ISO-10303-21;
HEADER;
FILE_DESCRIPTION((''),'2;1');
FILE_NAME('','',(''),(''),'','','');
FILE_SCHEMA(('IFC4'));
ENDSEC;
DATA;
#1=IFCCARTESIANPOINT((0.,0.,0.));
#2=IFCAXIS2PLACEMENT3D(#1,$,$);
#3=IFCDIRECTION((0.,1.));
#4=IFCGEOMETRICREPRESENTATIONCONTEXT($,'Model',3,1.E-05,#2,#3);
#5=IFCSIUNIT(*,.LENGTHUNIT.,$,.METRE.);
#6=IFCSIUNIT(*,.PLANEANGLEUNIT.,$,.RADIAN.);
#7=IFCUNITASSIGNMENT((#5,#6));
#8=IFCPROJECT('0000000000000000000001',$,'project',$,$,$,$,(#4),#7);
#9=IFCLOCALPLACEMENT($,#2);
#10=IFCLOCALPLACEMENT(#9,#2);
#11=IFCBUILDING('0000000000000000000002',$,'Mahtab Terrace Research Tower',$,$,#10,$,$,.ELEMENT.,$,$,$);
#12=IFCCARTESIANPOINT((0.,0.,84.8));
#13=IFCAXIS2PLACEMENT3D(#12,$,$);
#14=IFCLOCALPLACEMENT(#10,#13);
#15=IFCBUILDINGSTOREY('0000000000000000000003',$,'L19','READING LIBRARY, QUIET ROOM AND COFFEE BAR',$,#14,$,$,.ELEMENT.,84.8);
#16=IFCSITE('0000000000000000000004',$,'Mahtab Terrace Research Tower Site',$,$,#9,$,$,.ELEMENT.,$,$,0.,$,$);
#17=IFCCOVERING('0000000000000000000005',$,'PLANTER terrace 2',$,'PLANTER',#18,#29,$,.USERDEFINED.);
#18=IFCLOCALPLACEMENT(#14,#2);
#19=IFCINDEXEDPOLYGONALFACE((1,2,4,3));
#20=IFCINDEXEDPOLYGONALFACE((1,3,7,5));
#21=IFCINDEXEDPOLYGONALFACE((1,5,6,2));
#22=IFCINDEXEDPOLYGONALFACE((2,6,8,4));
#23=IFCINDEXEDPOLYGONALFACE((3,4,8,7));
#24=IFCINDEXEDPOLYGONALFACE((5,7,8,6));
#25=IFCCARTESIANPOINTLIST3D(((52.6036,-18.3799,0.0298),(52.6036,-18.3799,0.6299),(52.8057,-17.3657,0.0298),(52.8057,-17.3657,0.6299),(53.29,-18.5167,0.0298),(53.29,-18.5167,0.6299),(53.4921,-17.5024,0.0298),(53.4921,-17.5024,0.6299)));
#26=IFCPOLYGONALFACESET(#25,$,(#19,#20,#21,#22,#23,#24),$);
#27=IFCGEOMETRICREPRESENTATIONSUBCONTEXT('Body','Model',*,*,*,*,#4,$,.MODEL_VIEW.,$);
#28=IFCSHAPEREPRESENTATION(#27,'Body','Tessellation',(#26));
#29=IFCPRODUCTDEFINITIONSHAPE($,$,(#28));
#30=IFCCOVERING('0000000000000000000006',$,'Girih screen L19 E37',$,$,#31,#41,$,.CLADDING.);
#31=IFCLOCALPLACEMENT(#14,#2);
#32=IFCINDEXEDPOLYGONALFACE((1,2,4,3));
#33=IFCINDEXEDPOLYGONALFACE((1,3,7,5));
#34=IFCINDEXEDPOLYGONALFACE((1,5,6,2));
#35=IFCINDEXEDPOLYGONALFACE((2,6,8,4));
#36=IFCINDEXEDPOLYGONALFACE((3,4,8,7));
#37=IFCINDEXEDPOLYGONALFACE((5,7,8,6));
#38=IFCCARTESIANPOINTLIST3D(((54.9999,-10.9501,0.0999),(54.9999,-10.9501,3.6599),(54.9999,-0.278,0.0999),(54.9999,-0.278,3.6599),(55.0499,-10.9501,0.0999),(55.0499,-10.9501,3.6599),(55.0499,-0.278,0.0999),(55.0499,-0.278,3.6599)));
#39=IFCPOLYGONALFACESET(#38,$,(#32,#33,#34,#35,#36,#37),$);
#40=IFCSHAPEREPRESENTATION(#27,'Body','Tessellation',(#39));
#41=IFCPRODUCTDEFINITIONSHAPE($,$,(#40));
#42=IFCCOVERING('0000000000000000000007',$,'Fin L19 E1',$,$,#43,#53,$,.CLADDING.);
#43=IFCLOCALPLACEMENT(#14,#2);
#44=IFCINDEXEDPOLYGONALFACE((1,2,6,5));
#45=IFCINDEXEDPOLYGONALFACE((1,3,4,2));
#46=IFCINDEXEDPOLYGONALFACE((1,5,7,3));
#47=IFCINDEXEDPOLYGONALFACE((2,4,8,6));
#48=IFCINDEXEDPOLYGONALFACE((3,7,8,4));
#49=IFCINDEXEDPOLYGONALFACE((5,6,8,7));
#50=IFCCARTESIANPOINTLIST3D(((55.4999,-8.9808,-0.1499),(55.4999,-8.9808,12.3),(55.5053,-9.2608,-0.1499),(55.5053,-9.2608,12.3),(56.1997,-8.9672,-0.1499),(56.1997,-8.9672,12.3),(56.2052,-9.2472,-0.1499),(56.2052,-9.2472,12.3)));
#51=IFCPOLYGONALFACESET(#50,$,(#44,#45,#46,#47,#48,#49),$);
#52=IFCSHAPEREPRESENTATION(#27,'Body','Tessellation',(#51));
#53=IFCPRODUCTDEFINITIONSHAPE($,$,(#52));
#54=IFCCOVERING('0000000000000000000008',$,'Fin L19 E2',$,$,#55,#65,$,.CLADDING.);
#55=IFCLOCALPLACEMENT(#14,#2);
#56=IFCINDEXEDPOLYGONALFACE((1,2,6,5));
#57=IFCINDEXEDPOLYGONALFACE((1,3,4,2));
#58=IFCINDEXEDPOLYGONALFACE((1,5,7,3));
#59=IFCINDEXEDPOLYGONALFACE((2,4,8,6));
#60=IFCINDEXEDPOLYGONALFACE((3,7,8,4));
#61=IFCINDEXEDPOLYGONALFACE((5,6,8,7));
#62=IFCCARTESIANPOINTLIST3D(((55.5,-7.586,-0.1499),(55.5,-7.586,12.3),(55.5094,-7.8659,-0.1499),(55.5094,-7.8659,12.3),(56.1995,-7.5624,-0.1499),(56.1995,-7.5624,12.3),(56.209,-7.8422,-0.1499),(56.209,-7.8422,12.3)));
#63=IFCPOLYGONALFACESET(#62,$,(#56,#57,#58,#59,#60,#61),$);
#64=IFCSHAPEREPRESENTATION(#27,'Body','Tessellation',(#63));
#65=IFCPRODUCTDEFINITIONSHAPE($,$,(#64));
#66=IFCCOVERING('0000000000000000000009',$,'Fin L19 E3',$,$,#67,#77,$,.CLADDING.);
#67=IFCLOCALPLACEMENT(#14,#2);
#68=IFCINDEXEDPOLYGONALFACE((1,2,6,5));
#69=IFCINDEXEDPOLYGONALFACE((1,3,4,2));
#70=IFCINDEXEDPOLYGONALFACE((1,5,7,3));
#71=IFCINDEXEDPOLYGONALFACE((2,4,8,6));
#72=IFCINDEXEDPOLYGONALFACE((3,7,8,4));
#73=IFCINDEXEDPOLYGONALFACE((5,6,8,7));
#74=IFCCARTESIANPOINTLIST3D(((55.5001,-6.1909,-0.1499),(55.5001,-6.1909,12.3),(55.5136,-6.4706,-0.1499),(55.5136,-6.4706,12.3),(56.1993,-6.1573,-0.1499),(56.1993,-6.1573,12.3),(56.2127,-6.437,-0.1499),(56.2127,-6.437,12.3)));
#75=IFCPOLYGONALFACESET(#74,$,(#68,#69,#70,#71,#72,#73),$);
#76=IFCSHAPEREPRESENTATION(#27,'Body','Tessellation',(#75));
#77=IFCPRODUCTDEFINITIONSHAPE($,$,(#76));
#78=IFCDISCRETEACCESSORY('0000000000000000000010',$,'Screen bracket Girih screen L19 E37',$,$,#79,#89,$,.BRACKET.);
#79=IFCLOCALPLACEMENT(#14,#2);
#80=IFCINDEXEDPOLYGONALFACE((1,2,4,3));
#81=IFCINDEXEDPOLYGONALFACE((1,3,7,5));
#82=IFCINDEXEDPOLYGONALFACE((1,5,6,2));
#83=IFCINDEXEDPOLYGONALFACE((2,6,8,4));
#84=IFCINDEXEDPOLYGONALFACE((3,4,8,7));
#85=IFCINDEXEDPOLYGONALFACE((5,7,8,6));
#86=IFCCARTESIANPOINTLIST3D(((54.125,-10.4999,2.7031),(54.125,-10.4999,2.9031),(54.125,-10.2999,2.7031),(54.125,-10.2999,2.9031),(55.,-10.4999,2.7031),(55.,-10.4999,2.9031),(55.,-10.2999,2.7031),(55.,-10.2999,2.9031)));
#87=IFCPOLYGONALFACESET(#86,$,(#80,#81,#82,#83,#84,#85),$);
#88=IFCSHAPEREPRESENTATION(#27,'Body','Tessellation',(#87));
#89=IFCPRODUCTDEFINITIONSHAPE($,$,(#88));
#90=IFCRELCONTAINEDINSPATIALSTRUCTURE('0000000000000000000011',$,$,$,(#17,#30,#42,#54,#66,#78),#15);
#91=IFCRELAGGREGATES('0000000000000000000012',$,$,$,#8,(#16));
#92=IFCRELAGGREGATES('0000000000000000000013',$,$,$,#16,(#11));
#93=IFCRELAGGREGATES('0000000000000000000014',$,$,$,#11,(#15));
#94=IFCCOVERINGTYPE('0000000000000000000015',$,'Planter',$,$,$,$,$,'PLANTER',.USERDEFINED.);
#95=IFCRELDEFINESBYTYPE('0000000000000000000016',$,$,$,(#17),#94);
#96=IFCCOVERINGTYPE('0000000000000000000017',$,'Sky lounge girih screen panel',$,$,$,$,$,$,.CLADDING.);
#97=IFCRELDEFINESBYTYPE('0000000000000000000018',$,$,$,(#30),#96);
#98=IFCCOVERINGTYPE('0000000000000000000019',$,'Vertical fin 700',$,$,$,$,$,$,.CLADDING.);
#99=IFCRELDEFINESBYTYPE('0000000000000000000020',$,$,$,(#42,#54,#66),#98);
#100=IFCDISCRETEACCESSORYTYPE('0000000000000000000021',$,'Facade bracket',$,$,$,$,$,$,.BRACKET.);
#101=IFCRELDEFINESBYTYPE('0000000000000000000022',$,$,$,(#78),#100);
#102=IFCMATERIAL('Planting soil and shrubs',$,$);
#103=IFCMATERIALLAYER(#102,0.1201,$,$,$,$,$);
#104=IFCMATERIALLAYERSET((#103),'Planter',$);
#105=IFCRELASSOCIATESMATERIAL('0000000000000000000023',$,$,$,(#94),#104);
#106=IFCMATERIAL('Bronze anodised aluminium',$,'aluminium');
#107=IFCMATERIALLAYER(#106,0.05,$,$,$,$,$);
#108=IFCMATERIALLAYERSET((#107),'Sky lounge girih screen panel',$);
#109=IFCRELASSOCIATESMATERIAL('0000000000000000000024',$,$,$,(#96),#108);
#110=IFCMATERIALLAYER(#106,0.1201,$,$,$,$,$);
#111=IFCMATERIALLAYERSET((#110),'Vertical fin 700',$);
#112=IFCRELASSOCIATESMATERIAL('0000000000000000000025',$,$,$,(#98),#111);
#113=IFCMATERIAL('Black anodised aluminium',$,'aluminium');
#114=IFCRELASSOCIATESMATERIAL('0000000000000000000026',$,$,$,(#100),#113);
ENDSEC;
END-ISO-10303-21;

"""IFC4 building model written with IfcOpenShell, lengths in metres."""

from ifc_helpers import new_model, si_unit, direction, frame, origin, origin_2d, place, context, subcontext, project, spatial, rectangle, extrude, material, layer, layer_set, type_object, element, save


model = new_model("IFC4")

# Units and contexts
model_context = context("Model", 3, precision=1e-05, world=origin(), true_north=direction((0.0, 1.0)))
body_context = subcontext(model_context, "Body", "Model", "MODEL_VIEW")
ifc_project = project(units=[si_unit("LENGTHUNIT", "METRE"), si_unit("PLANEANGLEUNIT", "RADIAN")], contexts=[model_context])

# Site, building, storey
site_placement = place(None, origin())
site = spatial("IfcSite", under=ifc_project, at=site_placement, Name="Mahtab Terrace Research Tower Site", CompositionType="ELEMENT", RefElevation=0.0)
building_placement = place(site_placement, origin())
building = spatial("IfcBuilding", under=site, at=building_placement, Name="Mahtab Terrace Research Tower", CompositionType="ELEMENT")
storey_placement = place(building_placement, frame((0.0, 0.0, 84.8)))
storey = spatial("IfcBuildingStorey", under=building, at=storey_placement, Name="L19", Description="READING LIBRARY, QUIET ROOM AND COFFEE BAR", CompositionType="ELEMENT", Elevation=84.8)

# Coverings
ifc_material_1 = material(Name="Planting soil and shrubs")
ifc_layer_1 = layer(ifc_material_1, 0.1201)
ifc_layer_set_1 = layer_set([ifc_layer_1], Name="Planter")
covering_type_1 = type_object("IfcCoveringType", Name="Planter", ElementType="PLANTER", PredefinedType="USERDEFINED", material=ifc_layer_set_1)
covering_1_placement = place(storey_placement, frame((53.0479, -17.9412, 0.0298), z_axis=(0.0, 0.0, 1.0), x_axis=(0.195395, 0.980725, 0.0)))
element("IfcCovering", 1, at=covering_1_placement, inside=storey, type_object=covering_type_1, Name="PLANTER terrace 2", ObjectType="PLANTER", PredefinedType="USERDEFINED", context=body_context, shape_type="SweptSolid", body=[
    extrude(rectangle(XDim=1.0342, YDim=0.7, at=origin_2d()), origin(), (0.0, 0.0, 1.0), 0.6001),
])
ifc_material_2 = material(Name="Bronze anodised aluminium", Category="aluminium")
ifc_layer_2 = layer(ifc_material_2, 0.05)
ifc_layer_set_2 = layer_set([ifc_layer_2], Name="Sky lounge girih screen panel")
covering_type_2 = type_object("IfcCoveringType", Name="Sky lounge girih screen panel", PredefinedType="CLADDING", material=ifc_layer_set_2)
covering_2_placement = place(storey_placement, frame((55.0249, -5.614, 0.0999), z_axis=(0.0, 0.0, 1.0), x_axis=(0.0, 1.0, 0.0)))
element("IfcCovering", 2, at=covering_2_placement, inside=storey, type_object=covering_type_2, Name="Girih screen L19 E37", PredefinedType="CLADDING", context=body_context, shape_type="SweptSolid", body=[
    extrude(rectangle(XDim=10.6721, YDim=0.05, at=origin_2d()), origin(), (0.0, 0.0, 1.0), 3.5601),
])
ifc_layer_3 = layer(ifc_material_2, 0.1201)
ifc_layer_set_3 = layer_set([ifc_layer_3], Name="Vertical fin 700")
covering_type_3 = type_object("IfcCoveringType", Name="Vertical fin 700", PredefinedType="CLADDING", material=ifc_layer_set_3)
for number, where, z_axis, x_axis, name in (
    (3, (55.8525, -9.114, -0.1499), (0.0, 0.0, 1.0), (-0.019362, 0.999813, 0.0), "Fin L19 E1"),
    (4, (55.8545, -7.7141, -0.1499), (0.0, 0.0, 1.0), (-0.03373, 0.999431, 0.0), "Fin L19 E2"),
    (5, (55.8564, -6.314, -0.1499), (0.0, 0.0, 1.0), (-0.048091, 0.998843, 0.0), "Fin L19 E3"),
):
    element("IfcCovering", number, at=place(storey_placement, frame(where, z_axis=z_axis, x_axis=x_axis)), inside=storey, type_object=covering_type_3, Name=name, PredefinedType="CLADDING", context=body_context, shape_type="SweptSolid", body=[
        extrude(rectangle(XDim=0.28, YDim=0.7, at=origin_2d()), origin(), (0.0, 0.0, 1.0), 12.45),
    ])

# Discrete accessory
ifc_material_3 = material(Name="Black anodised aluminium", Category="aluminium")
discrete_accessory_type = type_object("IfcDiscreteAccessoryType", Name="Facade bracket", PredefinedType="BRACKET", material=ifc_material_3)
discrete_accessory_placement = place(storey_placement, frame((54.5625, -10.3999, 2.7031), z_axis=(0.0, 0.0, 1.0), x_axis=(0.0, 1.0, 0.0)))
element("IfcDiscreteAccessory", 6, at=discrete_accessory_placement, inside=storey, type_object=discrete_accessory_type, Name="Screen bracket Girih screen L19 E37", PredefinedType="BRACKET", context=body_context, shape_type="SweptSolid", body=[
    extrude(rectangle(XDim=0.2, YDim=0.875, at=origin_2d()), origin(), (0.0, 0.0, 1.0), 0.2),
])

save(model, "model.ifc")
